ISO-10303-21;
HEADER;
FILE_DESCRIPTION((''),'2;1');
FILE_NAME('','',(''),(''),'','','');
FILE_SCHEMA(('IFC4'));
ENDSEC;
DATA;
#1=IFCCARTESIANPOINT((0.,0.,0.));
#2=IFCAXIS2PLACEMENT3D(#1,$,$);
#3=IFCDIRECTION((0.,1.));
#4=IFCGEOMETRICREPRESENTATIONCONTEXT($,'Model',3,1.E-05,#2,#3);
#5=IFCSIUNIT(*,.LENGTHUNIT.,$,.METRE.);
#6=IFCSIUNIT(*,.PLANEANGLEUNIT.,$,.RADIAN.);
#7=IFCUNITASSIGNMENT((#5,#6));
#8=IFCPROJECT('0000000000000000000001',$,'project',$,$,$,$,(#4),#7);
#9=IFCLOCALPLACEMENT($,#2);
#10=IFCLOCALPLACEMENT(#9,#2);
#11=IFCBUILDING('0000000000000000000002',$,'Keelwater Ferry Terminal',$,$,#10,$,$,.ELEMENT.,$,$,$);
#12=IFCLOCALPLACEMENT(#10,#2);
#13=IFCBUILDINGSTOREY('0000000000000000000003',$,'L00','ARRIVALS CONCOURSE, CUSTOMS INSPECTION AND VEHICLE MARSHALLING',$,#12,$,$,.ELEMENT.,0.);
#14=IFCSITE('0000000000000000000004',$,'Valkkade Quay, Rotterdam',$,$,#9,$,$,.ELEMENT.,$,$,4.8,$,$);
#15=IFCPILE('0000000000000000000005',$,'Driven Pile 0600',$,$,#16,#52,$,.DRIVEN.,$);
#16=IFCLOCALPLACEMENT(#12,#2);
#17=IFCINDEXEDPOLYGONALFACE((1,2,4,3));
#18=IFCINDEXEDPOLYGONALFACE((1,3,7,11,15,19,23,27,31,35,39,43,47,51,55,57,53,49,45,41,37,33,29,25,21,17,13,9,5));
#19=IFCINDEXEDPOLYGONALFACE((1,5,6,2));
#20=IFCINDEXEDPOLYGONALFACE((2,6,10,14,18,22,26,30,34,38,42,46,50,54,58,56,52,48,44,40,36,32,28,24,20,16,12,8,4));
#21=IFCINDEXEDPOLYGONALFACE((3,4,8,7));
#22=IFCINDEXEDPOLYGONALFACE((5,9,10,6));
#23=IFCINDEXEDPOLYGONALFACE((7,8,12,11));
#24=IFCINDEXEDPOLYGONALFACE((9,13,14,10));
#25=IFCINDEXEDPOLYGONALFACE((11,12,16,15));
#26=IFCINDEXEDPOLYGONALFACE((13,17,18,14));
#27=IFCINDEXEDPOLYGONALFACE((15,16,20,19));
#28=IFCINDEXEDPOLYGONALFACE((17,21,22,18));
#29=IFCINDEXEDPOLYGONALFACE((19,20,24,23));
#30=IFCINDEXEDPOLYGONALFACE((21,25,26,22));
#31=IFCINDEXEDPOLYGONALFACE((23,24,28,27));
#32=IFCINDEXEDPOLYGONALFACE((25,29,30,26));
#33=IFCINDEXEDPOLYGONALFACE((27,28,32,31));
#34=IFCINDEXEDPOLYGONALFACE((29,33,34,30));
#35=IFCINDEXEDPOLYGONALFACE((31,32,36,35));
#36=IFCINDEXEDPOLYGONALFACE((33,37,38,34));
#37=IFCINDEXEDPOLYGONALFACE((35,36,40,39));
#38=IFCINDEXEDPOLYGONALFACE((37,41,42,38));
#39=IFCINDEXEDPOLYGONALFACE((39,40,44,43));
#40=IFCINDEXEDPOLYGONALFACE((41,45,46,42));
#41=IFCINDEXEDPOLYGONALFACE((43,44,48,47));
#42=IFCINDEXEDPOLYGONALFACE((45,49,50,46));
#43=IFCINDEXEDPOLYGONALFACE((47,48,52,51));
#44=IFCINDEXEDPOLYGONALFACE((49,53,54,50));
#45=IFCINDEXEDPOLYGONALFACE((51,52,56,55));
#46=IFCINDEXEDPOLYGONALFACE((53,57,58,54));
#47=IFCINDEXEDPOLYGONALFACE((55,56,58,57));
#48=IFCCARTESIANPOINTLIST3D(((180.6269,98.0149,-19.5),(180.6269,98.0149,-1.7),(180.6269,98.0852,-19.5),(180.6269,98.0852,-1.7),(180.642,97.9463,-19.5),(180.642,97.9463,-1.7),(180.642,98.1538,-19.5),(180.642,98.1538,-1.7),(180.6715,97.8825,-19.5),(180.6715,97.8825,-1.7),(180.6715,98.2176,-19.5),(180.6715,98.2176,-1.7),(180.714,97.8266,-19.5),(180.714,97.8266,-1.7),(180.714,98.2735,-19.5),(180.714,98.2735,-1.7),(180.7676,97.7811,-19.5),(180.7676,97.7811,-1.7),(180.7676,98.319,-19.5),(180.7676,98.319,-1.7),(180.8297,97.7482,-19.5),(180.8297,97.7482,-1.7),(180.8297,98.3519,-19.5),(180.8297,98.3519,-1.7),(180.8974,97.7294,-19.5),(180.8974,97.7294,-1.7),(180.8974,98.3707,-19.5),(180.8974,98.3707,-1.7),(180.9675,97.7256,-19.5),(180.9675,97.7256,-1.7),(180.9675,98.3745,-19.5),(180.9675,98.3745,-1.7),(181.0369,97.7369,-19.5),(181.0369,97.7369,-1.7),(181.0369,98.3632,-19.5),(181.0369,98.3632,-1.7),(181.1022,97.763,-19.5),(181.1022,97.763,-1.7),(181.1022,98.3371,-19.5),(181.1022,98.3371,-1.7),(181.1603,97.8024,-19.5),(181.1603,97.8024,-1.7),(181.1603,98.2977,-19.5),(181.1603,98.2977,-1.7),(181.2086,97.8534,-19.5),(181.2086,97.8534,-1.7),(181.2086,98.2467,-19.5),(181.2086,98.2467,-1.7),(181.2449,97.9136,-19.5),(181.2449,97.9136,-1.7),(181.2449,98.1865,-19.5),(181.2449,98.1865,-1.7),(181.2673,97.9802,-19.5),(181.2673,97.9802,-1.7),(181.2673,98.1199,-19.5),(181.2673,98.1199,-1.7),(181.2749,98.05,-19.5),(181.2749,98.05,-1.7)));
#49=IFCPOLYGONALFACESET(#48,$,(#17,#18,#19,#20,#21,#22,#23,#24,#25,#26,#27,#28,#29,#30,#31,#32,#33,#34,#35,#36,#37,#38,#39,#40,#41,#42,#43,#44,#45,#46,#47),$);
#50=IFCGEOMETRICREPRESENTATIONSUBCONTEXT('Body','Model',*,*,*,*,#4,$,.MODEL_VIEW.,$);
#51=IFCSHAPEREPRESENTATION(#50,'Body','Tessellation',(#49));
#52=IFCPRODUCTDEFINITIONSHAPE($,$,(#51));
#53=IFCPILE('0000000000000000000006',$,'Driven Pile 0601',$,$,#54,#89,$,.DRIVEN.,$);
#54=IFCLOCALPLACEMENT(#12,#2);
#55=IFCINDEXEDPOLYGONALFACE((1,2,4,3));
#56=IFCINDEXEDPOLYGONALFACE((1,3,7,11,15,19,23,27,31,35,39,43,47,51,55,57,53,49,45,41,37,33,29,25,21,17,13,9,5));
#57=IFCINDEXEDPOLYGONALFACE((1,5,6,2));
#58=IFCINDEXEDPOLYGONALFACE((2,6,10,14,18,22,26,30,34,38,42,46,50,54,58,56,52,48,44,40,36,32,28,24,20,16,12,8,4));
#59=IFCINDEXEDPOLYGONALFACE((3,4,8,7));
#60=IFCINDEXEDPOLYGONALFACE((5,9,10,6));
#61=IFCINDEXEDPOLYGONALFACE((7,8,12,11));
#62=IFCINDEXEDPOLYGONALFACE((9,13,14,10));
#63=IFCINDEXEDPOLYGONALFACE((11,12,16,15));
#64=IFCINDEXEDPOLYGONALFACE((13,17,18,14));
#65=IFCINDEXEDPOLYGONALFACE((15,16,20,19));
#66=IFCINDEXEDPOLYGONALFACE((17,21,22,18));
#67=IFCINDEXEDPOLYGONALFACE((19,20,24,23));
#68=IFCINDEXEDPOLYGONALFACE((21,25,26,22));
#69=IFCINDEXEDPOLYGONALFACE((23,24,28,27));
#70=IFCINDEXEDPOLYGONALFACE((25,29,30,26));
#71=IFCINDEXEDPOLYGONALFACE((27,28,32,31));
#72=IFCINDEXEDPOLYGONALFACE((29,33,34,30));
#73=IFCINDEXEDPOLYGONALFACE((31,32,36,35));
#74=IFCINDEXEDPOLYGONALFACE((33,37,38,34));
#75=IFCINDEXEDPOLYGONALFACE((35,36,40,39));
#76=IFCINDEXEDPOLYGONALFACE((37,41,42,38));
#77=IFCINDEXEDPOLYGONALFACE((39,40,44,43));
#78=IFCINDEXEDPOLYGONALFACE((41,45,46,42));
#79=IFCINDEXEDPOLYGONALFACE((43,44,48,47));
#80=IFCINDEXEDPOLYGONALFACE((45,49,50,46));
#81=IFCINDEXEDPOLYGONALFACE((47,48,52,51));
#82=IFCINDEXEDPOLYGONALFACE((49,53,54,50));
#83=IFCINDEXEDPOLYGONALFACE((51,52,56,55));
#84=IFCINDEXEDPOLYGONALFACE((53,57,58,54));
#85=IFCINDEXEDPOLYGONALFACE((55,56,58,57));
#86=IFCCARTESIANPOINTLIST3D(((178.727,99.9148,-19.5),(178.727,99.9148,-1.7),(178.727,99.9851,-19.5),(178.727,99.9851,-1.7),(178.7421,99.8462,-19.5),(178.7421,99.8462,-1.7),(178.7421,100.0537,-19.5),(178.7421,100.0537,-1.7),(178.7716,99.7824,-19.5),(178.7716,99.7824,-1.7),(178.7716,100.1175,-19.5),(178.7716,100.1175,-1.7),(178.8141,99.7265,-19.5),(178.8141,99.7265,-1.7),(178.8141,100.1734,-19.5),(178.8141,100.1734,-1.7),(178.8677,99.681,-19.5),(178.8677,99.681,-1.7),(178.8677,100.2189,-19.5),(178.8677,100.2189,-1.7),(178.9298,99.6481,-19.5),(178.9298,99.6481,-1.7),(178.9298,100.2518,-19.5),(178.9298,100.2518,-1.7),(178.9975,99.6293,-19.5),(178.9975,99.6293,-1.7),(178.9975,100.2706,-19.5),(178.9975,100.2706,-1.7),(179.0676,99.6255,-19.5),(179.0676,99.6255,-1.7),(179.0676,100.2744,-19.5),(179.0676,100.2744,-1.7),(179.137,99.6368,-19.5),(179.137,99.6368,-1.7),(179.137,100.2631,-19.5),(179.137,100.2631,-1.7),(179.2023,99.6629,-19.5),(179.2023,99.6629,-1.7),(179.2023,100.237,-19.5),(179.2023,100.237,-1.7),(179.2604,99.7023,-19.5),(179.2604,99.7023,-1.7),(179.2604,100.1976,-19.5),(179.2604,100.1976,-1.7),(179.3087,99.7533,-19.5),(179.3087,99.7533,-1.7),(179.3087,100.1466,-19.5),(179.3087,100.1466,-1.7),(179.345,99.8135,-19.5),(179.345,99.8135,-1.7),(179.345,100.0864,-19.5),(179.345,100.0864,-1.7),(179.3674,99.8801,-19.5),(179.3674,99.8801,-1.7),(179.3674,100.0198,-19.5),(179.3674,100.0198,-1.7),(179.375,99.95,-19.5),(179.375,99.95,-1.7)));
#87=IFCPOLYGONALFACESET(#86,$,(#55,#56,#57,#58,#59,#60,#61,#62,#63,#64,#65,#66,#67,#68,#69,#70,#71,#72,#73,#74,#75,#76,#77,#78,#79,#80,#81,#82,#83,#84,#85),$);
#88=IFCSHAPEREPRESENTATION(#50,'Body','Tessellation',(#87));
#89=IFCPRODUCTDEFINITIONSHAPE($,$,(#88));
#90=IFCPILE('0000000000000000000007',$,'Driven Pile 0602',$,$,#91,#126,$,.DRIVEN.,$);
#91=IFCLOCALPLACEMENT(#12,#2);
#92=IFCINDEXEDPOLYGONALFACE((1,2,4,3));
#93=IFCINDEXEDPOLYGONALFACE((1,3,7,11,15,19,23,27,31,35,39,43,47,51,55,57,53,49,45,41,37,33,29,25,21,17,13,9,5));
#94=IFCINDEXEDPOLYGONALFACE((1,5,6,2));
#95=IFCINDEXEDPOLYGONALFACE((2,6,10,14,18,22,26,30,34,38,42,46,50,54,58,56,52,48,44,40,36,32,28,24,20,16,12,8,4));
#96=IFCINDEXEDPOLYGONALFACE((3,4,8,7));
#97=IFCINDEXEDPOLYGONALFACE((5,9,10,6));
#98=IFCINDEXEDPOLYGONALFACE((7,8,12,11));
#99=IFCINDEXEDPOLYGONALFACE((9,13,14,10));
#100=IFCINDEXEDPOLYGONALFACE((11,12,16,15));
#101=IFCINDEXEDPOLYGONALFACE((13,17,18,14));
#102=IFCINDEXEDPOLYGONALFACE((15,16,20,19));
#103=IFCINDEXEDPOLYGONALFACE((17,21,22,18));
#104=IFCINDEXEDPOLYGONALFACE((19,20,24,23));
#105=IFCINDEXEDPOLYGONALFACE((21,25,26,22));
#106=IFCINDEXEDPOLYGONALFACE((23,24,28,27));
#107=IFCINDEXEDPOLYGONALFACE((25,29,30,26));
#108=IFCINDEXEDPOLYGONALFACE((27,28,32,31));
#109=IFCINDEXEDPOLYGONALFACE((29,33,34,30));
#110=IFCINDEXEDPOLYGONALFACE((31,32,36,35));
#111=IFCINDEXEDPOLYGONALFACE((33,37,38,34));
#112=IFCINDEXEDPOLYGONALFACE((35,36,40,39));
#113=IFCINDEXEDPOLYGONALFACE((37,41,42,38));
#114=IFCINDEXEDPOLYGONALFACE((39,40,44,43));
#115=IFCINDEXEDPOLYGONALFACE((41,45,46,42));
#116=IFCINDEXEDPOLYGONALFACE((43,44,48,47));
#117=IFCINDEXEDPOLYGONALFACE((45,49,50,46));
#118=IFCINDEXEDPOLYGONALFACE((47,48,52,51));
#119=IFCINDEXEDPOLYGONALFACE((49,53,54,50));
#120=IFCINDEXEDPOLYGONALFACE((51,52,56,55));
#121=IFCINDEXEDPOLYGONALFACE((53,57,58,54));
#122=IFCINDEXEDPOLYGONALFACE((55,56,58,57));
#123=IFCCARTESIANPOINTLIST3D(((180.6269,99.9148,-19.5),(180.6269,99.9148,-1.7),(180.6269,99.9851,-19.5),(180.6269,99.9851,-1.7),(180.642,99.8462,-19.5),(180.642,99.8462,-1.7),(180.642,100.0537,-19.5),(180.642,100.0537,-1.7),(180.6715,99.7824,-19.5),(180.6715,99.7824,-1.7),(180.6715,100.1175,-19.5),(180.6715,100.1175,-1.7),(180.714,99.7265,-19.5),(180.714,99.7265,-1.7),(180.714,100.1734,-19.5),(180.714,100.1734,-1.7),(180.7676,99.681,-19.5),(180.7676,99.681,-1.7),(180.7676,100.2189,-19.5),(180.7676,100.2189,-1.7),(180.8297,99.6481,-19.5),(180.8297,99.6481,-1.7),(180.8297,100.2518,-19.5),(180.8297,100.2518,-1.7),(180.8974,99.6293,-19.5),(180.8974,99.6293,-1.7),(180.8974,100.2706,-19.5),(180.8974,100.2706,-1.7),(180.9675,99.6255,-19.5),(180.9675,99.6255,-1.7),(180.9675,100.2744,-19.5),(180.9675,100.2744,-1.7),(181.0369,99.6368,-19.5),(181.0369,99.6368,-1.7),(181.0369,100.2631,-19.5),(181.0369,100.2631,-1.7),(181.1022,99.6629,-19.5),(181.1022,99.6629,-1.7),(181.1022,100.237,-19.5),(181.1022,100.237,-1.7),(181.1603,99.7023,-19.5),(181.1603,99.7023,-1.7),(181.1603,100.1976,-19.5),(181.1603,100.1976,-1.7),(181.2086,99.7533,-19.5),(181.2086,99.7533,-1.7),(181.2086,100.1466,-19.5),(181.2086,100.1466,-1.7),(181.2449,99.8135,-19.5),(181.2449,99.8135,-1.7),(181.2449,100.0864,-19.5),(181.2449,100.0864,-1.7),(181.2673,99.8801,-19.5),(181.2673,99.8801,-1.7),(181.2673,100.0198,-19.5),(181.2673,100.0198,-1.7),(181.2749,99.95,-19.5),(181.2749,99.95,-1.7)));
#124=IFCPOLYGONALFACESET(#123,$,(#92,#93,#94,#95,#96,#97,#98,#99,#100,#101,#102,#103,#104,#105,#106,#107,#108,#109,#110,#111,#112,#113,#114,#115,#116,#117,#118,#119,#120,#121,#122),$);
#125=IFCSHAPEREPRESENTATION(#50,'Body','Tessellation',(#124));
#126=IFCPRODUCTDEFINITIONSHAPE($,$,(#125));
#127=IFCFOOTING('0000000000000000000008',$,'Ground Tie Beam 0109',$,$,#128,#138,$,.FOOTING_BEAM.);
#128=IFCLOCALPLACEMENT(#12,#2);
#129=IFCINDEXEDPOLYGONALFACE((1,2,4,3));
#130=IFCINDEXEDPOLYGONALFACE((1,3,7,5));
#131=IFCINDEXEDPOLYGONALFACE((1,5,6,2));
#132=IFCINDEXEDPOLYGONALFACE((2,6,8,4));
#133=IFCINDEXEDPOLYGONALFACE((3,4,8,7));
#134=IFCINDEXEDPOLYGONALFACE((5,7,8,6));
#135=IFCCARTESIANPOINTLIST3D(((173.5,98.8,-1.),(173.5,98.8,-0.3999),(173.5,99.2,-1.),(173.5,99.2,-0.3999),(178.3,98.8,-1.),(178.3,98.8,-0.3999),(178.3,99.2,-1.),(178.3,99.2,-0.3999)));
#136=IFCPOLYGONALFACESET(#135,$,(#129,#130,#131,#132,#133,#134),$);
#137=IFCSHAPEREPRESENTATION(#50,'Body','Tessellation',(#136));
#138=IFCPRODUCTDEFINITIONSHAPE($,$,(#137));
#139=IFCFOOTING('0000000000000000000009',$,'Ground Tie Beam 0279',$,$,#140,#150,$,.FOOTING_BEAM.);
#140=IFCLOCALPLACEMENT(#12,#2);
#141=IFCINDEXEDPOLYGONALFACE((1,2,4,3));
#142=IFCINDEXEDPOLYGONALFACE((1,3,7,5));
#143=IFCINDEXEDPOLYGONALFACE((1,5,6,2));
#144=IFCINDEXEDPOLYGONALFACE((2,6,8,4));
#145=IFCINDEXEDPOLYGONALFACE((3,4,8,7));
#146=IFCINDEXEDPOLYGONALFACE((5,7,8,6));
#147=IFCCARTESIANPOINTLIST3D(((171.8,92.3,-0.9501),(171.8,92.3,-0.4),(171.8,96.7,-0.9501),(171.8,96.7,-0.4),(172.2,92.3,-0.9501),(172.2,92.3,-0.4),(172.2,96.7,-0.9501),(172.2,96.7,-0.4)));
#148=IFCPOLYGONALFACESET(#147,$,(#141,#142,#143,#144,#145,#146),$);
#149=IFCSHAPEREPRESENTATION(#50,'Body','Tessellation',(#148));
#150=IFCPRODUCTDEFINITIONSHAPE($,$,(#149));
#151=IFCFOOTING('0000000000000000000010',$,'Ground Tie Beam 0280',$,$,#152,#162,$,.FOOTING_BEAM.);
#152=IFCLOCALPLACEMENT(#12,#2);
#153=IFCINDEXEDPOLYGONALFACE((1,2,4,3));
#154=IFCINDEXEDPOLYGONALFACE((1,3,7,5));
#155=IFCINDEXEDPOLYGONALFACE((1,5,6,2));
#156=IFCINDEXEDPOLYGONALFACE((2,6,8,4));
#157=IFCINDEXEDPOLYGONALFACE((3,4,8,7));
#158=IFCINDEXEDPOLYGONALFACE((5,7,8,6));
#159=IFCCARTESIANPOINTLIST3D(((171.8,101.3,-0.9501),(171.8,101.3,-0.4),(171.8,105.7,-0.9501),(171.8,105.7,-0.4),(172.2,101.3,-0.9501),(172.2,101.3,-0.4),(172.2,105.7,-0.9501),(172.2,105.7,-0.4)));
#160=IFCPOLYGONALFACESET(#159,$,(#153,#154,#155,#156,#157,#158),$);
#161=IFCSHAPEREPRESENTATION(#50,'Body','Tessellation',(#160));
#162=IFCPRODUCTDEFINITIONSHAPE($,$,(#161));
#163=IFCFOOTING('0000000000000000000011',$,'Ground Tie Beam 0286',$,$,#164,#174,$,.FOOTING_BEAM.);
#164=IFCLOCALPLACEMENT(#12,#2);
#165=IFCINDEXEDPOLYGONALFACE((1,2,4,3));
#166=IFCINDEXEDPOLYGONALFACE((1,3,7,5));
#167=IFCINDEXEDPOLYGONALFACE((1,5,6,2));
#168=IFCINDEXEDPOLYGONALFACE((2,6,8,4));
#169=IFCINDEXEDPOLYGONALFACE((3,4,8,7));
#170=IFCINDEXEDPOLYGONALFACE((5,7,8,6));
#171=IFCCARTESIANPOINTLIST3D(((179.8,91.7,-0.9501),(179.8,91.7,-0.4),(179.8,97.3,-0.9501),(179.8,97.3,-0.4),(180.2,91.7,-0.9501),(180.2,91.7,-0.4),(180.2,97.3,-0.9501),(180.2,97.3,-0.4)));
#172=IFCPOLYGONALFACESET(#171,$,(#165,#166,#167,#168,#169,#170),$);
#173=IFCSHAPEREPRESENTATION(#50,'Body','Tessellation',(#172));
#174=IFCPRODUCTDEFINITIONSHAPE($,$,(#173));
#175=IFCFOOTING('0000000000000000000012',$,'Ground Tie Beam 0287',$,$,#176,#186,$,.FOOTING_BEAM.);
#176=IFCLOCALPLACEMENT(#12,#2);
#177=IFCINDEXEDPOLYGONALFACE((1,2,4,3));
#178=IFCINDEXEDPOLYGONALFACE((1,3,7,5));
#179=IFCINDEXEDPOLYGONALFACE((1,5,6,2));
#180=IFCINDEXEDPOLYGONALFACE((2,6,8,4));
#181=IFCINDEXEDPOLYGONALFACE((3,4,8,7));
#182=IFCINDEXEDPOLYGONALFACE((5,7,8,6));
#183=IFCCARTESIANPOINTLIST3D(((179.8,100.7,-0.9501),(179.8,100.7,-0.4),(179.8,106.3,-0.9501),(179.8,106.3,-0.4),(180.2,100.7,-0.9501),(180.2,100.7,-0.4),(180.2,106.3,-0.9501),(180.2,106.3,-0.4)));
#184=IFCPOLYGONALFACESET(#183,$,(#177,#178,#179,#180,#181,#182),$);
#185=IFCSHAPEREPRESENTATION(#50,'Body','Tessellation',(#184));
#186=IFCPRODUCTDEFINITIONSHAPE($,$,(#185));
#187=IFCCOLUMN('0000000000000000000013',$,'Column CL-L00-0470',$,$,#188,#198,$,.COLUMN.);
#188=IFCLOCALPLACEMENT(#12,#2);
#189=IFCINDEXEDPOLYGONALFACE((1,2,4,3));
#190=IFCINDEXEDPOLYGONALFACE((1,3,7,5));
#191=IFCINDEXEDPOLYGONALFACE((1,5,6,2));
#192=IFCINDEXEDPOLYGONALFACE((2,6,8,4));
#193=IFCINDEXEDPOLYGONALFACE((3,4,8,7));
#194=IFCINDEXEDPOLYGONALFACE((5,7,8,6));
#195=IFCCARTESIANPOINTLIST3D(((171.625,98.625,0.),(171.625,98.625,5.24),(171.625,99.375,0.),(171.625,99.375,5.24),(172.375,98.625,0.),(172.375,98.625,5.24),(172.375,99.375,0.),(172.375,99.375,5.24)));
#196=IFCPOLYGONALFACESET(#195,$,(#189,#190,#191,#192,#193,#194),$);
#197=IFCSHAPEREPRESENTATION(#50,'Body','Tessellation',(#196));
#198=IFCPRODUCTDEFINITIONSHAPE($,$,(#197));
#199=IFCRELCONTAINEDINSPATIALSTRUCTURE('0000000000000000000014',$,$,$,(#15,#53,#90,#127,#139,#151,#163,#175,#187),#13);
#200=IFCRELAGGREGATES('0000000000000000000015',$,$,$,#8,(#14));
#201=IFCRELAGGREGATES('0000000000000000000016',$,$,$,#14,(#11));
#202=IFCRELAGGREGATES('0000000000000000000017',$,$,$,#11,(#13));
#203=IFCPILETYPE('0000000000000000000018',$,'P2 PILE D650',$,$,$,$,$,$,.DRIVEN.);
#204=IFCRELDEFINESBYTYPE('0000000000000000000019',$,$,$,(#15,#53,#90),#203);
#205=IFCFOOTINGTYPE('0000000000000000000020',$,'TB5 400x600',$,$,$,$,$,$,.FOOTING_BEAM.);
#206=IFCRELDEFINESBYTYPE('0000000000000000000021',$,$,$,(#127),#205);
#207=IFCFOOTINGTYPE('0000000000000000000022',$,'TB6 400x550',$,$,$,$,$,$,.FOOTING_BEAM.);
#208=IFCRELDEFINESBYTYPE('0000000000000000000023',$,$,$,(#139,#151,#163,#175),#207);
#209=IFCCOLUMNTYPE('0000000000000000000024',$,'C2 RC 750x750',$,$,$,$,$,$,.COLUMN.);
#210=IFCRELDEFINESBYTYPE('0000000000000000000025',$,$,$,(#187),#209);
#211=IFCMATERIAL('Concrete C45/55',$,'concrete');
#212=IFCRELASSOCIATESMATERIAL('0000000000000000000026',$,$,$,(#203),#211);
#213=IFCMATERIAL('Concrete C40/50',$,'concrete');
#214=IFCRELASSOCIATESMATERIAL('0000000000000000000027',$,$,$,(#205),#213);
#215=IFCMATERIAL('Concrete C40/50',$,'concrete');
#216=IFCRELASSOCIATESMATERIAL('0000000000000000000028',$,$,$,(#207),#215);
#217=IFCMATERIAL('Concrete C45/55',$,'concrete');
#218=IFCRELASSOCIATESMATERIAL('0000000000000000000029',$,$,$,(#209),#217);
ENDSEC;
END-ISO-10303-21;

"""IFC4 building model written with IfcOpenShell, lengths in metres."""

from ifc_helpers import new_model, si_unit, direction, frame, origin, origin_2d, place, context, subcontext, project, spatial, rectangle, circle, extrude, material, material_profile, profile_set, type_object, element, save


model = new_model("IFC4")

# Units and contexts
model_context = context("Model", 3, precision=1e-05, world=origin(), true_north=direction((0.0, 1.0)))
body_context = subcontext(model_context, "Body", "Model", "MODEL_VIEW")
ifc_project = project(units=[si_unit("LENGTHUNIT", "METRE"), si_unit("PLANEANGLEUNIT", "RADIAN")], contexts=[model_context])

# Site, building, storey
site_placement = place(None, origin())
site = spatial("IfcSite", under=ifc_project, at=site_placement, Name="Valkkade Quay, Rotterdam", CompositionType="ELEMENT", RefElevation=4.8)
building_placement = place(site_placement, origin())
building = spatial("IfcBuilding", under=site, at=building_placement, Name="Keelwater Ferry Terminal", CompositionType="ELEMENT")
storey_placement = place(building_placement, origin())
storey = spatial("IfcBuildingStorey", under=building, at=storey_placement, Name="L00", Description="ARRIVALS CONCOURSE, CUSTOMS INSPECTION AND VEHICLE MARSHALLING", CompositionType="ELEMENT", Elevation=0.0)

# Piles
ifc_material_1 = material(Name="Concrete C45/55", Category="concrete")
ifc_material_profile_1 = material_profile(ifc_material_1, circle(Radius=0.325, at=origin_2d()), Name="PILE D650")
ifc_profile_set_1 = profile_set([ifc_material_profile_1], Name="Concrete C45/55")
pile_type = type_object("IfcPileType", Name="P2 PILE D650", PredefinedType="DRIVEN", material=ifc_profile_set_1)
for number, where, z_axis, x_axis, name in (
    (1, (180.95, 98.05, -1.7), (0.0, 0.0, -1.0), (1.0, 0.0, 0.0), "Driven Pile 0600"),
    (2, (179.05, 99.95, -1.7), (0.0, 0.0, -1.0), (1.0, 0.0, 0.0), "Driven Pile 0601"),
    (3, (180.95, 99.95, -1.7), (0.0, 0.0, -1.0), (1.0, 0.0, 0.0), "Driven Pile 0602"),
):
    element("IfcPile", number, at=place(storey_placement, frame(where, z_axis=z_axis, x_axis=x_axis)), inside=storey, type_object=pile_type, Name=name, PredefinedType="DRIVEN", context=body_context, shape_type="SweptSolid", body=[
        extrude(circle(Radius=0.325, at=origin_2d()), origin(), (0.0, 0.0, 1.0), 17.8),
    ])

# Footings
ifc_material_2 = material(Name="Concrete C40/50", Category="concrete")
ifc_material_profile_2 = material_profile(ifc_material_2, rectangle(XDim=0.3999, YDim=0.6001, at=origin_2d()), Name="TB 400x600")
ifc_profile_set_2 = profile_set([ifc_material_profile_2], Name="Concrete C40/50")
footing_type_1 = type_object("IfcFootingType", Name="TB5 400x600", PredefinedType="FOOTING_BEAM", material=ifc_profile_set_2)
footing_placement = place(storey_placement, frame((173.5, 99.0, -0.7), z_axis=(1.0, 0.0, 0.0), x_axis=(0.0, 1.0, 0.0)))
element("IfcFooting", 4, at=footing_placement, inside=storey, type_object=footing_type_1, Name="Ground Tie Beam 0109", PredefinedType="FOOTING_BEAM", context=body_context, shape_type="SweptSolid", body=[
    extrude(rectangle(XDim=0.3999, YDim=0.6001, at=origin_2d()), origin(), (0.0, 0.0, 1.0), 4.8),
])
ifc_material_3 = material(Name="Concrete C40/50", Category="concrete")
ifc_material_profile_3 = material_profile(ifc_material_3, rectangle(XDim=0.3999, YDim=0.55, at=origin_2d()), Name="TB 400x550")
ifc_profile_set_3 = profile_set([ifc_material_profile_3], Name="Concrete C40/50")
footing_type_2 = type_object("IfcFootingType", Name="TB6 400x550", PredefinedType="FOOTING_BEAM", material=ifc_profile_set_3)
for number, where, z_axis, x_axis, name in (
    (5, (172.0, 92.3, -0.675), (0.0, 1.0, 0.0), (-1.0, 0.0, 0.0), "Ground Tie Beam 0279"),
    (6, (172.0, 101.3, -0.675), (0.0, 1.0, 0.0), (-1.0, 0.0, 0.0), "Ground Tie Beam 0280"),
):
    element("IfcFooting", number, at=place(storey_placement, frame(where, z_axis=z_axis, x_axis=x_axis)), inside=storey, type_object=footing_type_2, Name=name, PredefinedType="FOOTING_BEAM", context=body_context, shape_type="SweptSolid", body=[
        extrude(rectangle(XDim=0.3999, YDim=0.55, at=origin_2d()), origin(), (0.0, 0.0, 1.0), 4.3999),
    ])
for number, where, z_axis, x_axis, name in (
    (7, (180.0, 91.7, -0.675), (0.0, 1.0, 0.0), (-1.0, 0.0, 0.0), "Ground Tie Beam 0286"),
    (8, (180.0, 100.7, -0.675), (0.0, 1.0, 0.0), (-1.0, 0.0, 0.0), "Ground Tie Beam 0287"),
):
    element("IfcFooting", number, at=place(storey_placement, frame(where, z_axis=z_axis, x_axis=x_axis)), inside=storey, type_object=footing_type_2, Name=name, PredefinedType="FOOTING_BEAM", context=body_context, shape_type="SweptSolid", body=[
        extrude(rectangle(XDim=0.3999, YDim=0.55, at=origin_2d()), origin(), (0.0, 0.0, 1.0), 5.6001),
    ])

# Column
ifc_material_4 = material(Name="Concrete C45/55", Category="concrete")
ifc_material_profile_4 = material_profile(ifc_material_4, rectangle(XDim=0.75, YDim=0.75, at=origin_2d()), Name="RC 750x750")
ifc_profile_set_4 = profile_set([ifc_material_profile_4], Name="Concrete C45/55")
column_type_1 = type_object("IfcColumnType", Name="C2 RC 750x750", PredefinedType="COLUMN", material=ifc_profile_set_4)
column_1_placement = place(storey_placement, frame((172.0, 99.0, 0.0), z_axis=(0.0, 0.0, 1.0), x_axis=(1.0, 0.0, 0.0)))
element("IfcColumn", 9, at=column_1_placement, inside=storey, type_object=column_type_1, Name="Column CL-L00-0470", PredefinedType="COLUMN", context=body_context, shape_type="SweptSolid", body=[
    extrude(rectangle(XDim=0.75, YDim=0.75, at=origin_2d()), origin(), (0.0, 0.0, 1.0), 5.24),
])

save(model, "model.ifc")
